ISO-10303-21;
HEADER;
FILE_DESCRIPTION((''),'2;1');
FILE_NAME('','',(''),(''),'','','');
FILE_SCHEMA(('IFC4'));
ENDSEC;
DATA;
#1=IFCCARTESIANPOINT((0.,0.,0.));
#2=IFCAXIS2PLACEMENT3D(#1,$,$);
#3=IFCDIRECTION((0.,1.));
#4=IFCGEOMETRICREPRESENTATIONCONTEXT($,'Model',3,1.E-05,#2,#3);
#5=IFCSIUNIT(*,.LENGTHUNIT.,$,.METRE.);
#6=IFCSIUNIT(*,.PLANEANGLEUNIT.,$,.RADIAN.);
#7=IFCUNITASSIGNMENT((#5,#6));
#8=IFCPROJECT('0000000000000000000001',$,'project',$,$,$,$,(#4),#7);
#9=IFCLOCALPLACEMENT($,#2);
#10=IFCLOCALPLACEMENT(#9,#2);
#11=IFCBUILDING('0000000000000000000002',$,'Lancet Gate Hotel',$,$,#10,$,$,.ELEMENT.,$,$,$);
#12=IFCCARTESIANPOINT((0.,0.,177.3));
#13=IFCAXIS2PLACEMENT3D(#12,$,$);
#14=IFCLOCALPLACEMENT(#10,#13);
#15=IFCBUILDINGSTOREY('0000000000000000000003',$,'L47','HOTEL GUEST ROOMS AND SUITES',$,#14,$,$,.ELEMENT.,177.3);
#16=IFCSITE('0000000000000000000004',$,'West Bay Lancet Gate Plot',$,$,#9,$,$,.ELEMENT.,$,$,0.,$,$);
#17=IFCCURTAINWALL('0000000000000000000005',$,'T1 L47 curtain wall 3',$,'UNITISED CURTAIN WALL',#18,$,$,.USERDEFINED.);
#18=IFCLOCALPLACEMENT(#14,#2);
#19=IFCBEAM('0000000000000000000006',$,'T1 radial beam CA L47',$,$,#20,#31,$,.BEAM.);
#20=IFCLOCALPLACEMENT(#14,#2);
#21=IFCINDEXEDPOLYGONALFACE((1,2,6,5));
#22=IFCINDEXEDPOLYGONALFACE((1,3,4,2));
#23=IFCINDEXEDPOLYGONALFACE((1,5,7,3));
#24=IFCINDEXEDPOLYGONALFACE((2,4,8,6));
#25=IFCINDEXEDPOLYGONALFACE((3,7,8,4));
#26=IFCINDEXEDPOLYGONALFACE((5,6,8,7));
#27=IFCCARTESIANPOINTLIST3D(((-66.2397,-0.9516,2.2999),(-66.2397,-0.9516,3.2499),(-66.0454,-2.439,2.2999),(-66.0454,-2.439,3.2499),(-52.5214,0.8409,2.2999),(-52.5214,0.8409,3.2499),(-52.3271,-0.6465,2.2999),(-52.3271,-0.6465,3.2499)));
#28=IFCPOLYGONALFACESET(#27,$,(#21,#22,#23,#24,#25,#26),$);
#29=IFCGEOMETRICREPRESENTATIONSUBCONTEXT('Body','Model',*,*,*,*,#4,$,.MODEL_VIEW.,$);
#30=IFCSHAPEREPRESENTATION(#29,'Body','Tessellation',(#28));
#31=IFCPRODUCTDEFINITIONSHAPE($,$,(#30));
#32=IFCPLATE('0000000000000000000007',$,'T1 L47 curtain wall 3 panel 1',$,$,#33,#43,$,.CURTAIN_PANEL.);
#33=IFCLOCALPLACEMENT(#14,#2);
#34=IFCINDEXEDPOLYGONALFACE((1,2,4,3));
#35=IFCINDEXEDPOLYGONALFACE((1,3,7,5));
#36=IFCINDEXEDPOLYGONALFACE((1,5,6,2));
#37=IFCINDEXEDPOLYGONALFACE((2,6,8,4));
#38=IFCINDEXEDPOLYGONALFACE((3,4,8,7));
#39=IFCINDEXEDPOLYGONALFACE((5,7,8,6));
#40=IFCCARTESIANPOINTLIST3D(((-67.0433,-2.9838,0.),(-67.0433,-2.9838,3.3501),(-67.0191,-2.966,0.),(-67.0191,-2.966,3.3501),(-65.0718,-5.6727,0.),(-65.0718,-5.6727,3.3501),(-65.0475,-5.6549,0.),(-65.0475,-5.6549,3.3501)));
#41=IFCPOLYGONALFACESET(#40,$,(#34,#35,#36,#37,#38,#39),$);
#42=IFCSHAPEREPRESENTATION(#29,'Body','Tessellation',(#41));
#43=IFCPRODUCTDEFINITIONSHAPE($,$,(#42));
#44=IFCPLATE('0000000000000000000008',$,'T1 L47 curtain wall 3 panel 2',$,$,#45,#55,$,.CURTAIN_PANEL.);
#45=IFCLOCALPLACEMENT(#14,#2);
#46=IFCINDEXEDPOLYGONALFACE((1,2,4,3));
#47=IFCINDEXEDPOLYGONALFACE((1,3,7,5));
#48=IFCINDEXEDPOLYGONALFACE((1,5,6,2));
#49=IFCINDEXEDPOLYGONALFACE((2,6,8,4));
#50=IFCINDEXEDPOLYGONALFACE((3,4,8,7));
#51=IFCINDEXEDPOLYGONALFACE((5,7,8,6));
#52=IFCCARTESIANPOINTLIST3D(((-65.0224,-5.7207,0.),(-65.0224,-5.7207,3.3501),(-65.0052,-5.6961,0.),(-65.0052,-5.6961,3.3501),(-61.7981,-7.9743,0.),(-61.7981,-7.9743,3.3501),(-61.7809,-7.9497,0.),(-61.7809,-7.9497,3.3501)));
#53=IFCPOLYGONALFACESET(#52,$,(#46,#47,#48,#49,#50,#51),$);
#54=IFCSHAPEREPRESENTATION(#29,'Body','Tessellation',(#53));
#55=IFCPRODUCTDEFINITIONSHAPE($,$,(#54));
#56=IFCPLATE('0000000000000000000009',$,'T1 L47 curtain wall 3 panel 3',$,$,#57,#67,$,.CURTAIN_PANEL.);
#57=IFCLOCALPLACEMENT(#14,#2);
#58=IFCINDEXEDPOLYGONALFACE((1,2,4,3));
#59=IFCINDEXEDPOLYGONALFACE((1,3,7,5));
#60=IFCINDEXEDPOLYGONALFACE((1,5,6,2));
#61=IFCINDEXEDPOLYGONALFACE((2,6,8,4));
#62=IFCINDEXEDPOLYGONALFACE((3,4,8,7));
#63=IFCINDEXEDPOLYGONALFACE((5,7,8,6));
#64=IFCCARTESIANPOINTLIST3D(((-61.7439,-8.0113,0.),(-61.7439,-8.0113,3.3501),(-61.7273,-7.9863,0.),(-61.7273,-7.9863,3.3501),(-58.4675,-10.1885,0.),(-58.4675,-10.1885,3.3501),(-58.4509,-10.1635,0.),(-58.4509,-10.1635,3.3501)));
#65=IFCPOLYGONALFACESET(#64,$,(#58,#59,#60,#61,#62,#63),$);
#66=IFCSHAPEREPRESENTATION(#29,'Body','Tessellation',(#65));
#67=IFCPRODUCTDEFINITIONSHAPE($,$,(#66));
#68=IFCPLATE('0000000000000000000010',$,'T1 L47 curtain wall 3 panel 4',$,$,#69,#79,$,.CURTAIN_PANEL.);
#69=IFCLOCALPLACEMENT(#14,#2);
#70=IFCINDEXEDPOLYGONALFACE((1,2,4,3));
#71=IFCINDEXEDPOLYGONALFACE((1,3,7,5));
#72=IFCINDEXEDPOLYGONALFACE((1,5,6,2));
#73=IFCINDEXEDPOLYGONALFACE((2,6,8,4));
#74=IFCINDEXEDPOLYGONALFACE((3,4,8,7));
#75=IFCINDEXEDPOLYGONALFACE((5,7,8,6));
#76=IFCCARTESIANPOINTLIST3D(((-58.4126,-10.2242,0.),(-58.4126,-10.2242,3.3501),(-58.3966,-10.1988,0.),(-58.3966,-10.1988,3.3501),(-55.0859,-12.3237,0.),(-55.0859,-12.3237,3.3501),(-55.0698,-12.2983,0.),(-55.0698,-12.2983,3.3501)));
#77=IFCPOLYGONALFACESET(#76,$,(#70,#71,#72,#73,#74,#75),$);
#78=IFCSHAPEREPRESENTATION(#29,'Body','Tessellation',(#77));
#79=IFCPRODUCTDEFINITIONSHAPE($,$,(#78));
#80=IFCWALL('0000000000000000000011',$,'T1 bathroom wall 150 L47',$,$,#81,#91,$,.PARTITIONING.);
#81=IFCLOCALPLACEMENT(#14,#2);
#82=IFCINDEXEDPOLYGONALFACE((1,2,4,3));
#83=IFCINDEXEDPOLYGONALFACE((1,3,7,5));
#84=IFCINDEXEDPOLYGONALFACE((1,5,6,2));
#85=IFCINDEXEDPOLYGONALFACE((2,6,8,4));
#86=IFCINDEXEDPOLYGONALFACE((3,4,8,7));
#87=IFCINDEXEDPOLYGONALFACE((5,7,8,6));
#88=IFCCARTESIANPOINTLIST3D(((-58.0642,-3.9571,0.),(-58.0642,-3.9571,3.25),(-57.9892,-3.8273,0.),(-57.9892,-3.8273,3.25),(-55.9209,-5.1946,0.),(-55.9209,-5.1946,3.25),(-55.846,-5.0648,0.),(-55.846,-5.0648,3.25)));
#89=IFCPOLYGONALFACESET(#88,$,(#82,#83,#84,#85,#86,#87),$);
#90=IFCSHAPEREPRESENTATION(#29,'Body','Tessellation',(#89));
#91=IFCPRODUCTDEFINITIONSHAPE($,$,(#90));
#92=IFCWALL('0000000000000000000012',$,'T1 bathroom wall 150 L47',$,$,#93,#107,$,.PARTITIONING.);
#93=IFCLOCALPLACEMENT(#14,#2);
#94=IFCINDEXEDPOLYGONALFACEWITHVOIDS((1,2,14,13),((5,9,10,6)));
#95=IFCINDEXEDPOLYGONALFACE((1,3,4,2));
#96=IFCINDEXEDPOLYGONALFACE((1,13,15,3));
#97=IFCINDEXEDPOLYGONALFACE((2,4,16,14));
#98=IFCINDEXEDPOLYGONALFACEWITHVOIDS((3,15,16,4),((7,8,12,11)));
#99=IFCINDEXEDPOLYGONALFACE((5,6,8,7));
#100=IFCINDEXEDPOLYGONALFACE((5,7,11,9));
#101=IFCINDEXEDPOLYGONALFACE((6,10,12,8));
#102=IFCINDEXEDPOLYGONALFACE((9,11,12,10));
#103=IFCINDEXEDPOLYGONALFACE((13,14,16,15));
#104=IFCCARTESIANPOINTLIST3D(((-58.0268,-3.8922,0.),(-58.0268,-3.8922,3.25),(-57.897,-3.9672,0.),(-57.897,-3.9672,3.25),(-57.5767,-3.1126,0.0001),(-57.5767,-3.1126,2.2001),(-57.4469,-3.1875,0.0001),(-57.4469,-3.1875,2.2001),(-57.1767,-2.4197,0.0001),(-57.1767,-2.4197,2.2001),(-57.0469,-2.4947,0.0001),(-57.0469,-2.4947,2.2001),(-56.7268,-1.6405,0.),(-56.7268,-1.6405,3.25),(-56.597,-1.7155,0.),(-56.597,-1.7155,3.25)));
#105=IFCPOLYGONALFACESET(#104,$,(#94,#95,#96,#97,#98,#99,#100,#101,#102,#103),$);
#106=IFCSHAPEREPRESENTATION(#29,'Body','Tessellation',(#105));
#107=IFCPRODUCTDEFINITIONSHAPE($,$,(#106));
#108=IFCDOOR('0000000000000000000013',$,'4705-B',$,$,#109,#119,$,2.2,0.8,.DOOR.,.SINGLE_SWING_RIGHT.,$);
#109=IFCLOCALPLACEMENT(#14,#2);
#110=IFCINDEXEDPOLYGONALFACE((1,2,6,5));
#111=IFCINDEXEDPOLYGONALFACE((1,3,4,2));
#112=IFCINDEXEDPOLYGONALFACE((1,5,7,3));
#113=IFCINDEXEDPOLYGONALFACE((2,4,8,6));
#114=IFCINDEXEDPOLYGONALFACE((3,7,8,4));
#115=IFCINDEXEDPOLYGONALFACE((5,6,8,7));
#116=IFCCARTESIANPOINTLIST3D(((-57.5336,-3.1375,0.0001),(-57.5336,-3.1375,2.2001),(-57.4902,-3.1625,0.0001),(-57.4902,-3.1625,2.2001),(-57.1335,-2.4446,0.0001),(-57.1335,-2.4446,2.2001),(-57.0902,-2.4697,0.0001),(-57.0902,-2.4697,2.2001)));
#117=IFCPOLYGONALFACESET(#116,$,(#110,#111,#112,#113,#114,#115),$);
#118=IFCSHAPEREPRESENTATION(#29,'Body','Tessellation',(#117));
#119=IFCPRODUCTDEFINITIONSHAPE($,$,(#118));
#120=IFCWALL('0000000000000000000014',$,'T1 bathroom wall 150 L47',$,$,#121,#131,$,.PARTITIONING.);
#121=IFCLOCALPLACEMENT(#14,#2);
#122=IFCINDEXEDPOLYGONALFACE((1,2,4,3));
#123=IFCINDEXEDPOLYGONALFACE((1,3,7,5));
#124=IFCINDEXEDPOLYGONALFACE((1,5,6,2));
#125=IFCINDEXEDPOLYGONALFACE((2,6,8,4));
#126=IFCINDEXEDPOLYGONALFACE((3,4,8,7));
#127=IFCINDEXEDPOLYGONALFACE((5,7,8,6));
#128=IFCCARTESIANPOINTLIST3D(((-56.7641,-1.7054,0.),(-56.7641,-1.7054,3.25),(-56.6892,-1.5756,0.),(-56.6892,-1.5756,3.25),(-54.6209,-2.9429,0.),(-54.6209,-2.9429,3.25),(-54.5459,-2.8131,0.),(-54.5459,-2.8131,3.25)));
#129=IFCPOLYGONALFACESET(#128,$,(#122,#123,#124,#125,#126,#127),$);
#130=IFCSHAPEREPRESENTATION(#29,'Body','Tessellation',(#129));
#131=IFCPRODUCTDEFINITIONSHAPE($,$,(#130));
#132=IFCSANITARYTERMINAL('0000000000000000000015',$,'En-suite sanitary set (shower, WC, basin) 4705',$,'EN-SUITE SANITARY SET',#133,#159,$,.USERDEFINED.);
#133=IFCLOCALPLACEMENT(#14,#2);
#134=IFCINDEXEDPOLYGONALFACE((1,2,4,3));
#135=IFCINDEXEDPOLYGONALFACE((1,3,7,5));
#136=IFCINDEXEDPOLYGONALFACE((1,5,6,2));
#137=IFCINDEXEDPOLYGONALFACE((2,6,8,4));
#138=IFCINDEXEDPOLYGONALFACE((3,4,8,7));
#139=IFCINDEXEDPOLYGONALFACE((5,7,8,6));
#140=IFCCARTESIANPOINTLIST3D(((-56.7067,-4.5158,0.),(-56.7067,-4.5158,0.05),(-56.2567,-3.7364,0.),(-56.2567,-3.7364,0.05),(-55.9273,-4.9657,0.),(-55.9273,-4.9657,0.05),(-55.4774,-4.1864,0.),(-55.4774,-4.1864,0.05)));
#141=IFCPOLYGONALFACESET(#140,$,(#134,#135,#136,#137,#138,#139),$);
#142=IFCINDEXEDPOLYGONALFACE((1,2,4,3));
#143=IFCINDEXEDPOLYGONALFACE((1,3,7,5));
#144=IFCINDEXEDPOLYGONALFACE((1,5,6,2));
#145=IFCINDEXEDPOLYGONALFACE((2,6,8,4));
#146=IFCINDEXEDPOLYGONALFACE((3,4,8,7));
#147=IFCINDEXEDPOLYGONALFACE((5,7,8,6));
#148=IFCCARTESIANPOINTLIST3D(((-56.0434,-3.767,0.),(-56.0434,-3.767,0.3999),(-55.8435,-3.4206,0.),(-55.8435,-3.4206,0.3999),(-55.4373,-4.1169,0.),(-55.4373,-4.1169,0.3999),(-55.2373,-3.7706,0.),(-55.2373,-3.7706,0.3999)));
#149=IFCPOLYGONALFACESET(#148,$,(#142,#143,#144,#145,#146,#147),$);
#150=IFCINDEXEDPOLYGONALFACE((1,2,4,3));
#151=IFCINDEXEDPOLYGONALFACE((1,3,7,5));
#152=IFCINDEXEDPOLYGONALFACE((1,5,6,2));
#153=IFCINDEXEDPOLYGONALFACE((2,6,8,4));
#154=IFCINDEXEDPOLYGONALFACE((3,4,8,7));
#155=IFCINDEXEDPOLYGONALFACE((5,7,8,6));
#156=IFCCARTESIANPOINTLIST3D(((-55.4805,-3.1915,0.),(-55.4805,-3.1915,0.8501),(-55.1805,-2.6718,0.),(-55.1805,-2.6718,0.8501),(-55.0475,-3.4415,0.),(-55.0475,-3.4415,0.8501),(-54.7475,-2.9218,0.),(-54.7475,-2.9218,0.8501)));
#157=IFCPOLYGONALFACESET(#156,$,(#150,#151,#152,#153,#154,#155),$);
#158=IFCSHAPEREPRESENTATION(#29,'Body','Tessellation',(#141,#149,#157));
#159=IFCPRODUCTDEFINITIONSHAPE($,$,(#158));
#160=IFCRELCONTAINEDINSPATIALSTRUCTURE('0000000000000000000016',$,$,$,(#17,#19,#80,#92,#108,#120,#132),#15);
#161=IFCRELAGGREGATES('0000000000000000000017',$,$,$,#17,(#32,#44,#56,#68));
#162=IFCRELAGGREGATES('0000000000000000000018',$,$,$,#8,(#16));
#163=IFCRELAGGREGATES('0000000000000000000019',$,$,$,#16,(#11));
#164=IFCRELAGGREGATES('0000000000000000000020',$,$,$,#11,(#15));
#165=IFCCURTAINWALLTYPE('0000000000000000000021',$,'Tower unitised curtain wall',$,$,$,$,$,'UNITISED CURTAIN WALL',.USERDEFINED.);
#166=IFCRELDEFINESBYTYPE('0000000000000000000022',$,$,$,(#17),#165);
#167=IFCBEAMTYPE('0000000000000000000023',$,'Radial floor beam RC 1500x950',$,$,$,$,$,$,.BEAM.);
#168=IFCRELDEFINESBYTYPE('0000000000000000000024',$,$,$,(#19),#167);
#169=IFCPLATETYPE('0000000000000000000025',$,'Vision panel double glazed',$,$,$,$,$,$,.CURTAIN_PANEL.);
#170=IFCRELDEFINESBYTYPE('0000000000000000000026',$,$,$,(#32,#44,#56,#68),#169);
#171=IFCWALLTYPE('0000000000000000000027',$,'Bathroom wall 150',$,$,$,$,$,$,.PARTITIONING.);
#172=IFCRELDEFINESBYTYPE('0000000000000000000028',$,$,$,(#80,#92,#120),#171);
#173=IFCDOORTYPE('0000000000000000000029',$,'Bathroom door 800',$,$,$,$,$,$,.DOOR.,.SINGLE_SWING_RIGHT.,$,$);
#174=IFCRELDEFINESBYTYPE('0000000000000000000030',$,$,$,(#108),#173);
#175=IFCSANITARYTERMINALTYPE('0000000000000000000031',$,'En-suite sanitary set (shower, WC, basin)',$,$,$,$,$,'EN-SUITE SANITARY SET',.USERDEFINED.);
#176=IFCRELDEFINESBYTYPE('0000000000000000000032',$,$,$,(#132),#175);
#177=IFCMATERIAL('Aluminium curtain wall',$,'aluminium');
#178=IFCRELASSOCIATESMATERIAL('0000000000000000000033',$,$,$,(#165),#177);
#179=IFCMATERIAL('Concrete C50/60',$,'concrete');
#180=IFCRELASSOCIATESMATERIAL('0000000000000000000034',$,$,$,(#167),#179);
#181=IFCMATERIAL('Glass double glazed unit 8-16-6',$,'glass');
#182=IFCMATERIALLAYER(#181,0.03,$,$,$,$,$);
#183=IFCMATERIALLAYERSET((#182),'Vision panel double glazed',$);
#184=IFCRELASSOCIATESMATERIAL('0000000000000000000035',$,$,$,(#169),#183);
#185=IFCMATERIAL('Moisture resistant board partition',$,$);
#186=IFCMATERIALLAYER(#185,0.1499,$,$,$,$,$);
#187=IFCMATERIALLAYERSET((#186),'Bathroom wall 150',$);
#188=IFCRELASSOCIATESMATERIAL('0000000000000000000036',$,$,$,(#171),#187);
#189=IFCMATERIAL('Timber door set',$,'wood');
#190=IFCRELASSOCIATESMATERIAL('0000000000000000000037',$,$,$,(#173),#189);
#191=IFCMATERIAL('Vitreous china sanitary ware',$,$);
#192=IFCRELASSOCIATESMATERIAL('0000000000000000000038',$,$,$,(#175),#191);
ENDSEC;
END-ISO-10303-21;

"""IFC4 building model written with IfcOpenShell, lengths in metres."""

from ifc_helpers import new_model, si_unit, direction, frame, frame_2d, origin, origin_2d, place, context, subcontext, project, spatial, rectangle, extrude, material, layer, layer_set, material_profile, profile_set, type_object, element, fill, aggregate, save


model = new_model("IFC4")

# Units and contexts
model_context = context("Model", 3, precision=1e-05, world=origin(), true_north=direction((0.0, 1.0)))
body_context = subcontext(model_context, "Body", "Model", "MODEL_VIEW")
ifc_project = project(units=[si_unit("LENGTHUNIT", "METRE"), si_unit("PLANEANGLEUNIT", "RADIAN")], contexts=[model_context])

# Site, building, storey
site_placement = place(None, origin())
site = spatial("IfcSite", under=ifc_project, at=site_placement, Name="West Bay Lancet Gate Plot", CompositionType="ELEMENT", RefElevation=0.0)
building_placement = place(site_placement, origin())
building = spatial("IfcBuilding", under=site, at=building_placement, Name="Lancet Gate Hotel", CompositionType="ELEMENT")
storey_placement = place(building_placement, frame((0.0, 0.0, 177.3)))
storey = spatial("IfcBuildingStorey", under=building, at=storey_placement, Name="L47", Description="HOTEL GUEST ROOMS AND SUITES", CompositionType="ELEMENT", Elevation=177.3)

# Shared definitions
ifc_material_1 = material(Name="Aluminium curtain wall", Category="aluminium")
curtain_wall_type = type_object("IfcCurtainWallType", Name="Tower unitised curtain wall", ElementType="UNITISED CURTAIN WALL", PredefinedType="USERDEFINED", material=ifc_material_1)

# Curtain wall
curtain_wall_1_placement = place(storey_placement, origin())
curtain_wall_1 = element("IfcCurtainWall", 1, at=curtain_wall_1_placement, inside=storey, type_object=curtain_wall_type, Name="T1 L47 curtain wall 3", ObjectType="UNITISED CURTAIN WALL", PredefinedType="USERDEFINED")

# Beam
ifc_material_2 = material(Name="Concrete C50/60", Category="concrete")
ifc_material_profile_1 = material_profile(ifc_material_2, rectangle(XDim=1.5, YDim=0.95, at=origin_2d()), Name="RC 1500x950")
ifc_profile_set_1 = profile_set([ifc_material_profile_1], Name="Concrete C50/60")
beam_type_1 = type_object("IfcBeamType", Name="Radial floor beam RC 1500x950", PredefinedType="BEAM", material=ifc_profile_set_1)
beam_1_placement = place(storey_placement, frame((-66.1426, -1.6953, 2.7749), z_axis=(0.991571, 0.129562, 0.0), x_axis=(-0.129562, 0.991571, 0.0)))
element("IfcBeam", 2, at=beam_1_placement, inside=storey, type_object=beam_type_1, Name="T1 radial beam CA L47", PredefinedType="BEAM", context=body_context, shape_type="SweptSolid", body=[
    extrude(rectangle(XDim=1.5, YDim=0.95, at=origin_2d()), origin(), (0.0, 0.0, 1.0), 13.835),
])

# Plates
ifc_material_3 = material(Name="Glass double glazed unit 8-16-6", Category="glass")
ifc_layer_1 = layer(ifc_material_3, 0.03)
ifc_layer_set_1 = layer_set([ifc_layer_1], Name="Vision panel double glazed")
plate_type = type_object("IfcPlateType", Name="Vision panel double glazed", PredefinedType="CURTAIN_PANEL", material=ifc_layer_set_1)
plate_1_placement = place(storey_placement, frame((-66.0454, -4.3193, 0.0), z_axis=(0.0, 0.0, 1.0), x_axis=(0.5913, -0.806452, 0.0)))
plate_1 = element("IfcPlate", 3, at=plate_1_placement, type_object=plate_type, Name="T1 L47 curtain wall 3 panel 1", PredefinedType="CURTAIN_PANEL", context=body_context, shape_type="SweptSolid", body=[
    extrude(rectangle(XDim=3.3342, YDim=0.03, at=origin_2d()), origin(), (0.0, 0.0, 1.0), 3.3501),
])
plate_2_placement = place(storey_placement, frame((-63.4016, -6.8352, 0.0), z_axis=(0.0, 0.0, 1.0), x_axis=(0.819631, -0.572892, 0.0)))
plate_2 = element("IfcPlate", 4, at=plate_2_placement, type_object=plate_type, Name="T1 L47 curtain wall 3 panel 2", PredefinedType="CURTAIN_PANEL", context=body_context, shape_type="SweptSolid", body=[
    extrude(rectangle(XDim=3.9338, YDim=0.03, at=origin_2d()), origin(), (0.0, 0.0, 1.0), 3.3501),
])
plate_3_placement = place(storey_placement, frame((-60.0974, -9.0874, 0.0), z_axis=(0.0, 0.0, 1.0), x_axis=(0.832879, -0.553455, 0.0)))
plate_3 = element("IfcPlate", 5, at=plate_3_placement, type_object=plate_type, Name="T1 L47 curtain wall 3 panel 3", PredefinedType="CURTAIN_PANEL", context=body_context, shape_type="SweptSolid", body=[
    extrude(rectangle(XDim=3.9338, YDim=0.03, at=origin_2d()), origin(), (0.0, 0.0, 1.0), 3.3501),
])
plate_4_placement = place(storey_placement, frame((-56.7412, -11.2612, 0.0), z_axis=(0.0, 0.0, 1.0), x_axis=(0.845667, -0.533711, 0.0)))
plate_4 = element("IfcPlate", 6, at=plate_4_placement, type_object=plate_type, Name="T1 L47 curtain wall 3 panel 4", PredefinedType="CURTAIN_PANEL", context=body_context, shape_type="SweptSolid", body=[
    extrude(rectangle(XDim=3.9338, YDim=0.03, at=origin_2d()), origin(), (0.0, 0.0, 1.0), 3.3501),
])
aggregate(curtain_wall_1, [plate_1, plate_2, plate_3, plate_4])

# Wall
ifc_material_4 = material(Name="Moisture resistant board partition")
ifc_layer_2 = layer(ifc_material_4, 0.1499)
ifc_layer_set_2 = layer_set([ifc_layer_2], Name="Bathroom wall 150")
wall_type = type_object("IfcWallType", Name="Bathroom wall 150", PredefinedType="PARTITIONING", material=ifc_layer_set_2)
wall_1_placement = place(storey_placement, frame((-55.8835, -5.1296, 0.0), z_axis=(0.0, 0.0, 1.0), x_axis=(-0.866007, 0.500033, 0.0)))
element("IfcWall", 7, at=wall_1_placement, inside=storey, type_object=wall_type, Name="T1 bathroom wall 150 L47", PredefinedType="PARTITIONING", context=body_context, shape_type="SweptSolid", body=[
    extrude(rectangle(XDim=2.4749, YDim=0.1499, at=frame_2d((1.2373, 0.0))), origin(), (0.0, 0.0, 1.0), 3.25),
])

# Wall, opening, door
wall_2_placement = place(storey_placement, frame((-56.6619, -1.678, 0.0), z_axis=(0.0, 0.0, 1.0), x_axis=(-0.500007, -0.866021, 0.0)))
wall_2 = element("IfcWall", 8, at=wall_2_placement, inside=storey, type_object=wall_type, Name="T1 bathroom wall 150 L47", PredefinedType="PARTITIONING", context=body_context, shape_type="SweptSolid", body=[
    extrude(rectangle(XDim=2.6001, YDim=0.1499, at=frame_2d((1.3, 0.0))), origin(), (0.0, 0.0, 1.0), 3.25),
])
opening_placement = place(wall_2_placement, frame((0.8999, 0.0, 0.0)))
opening = element("IfcOpeningElement", 9, at=opening_placement, cuts=wall_2, PredefinedType="OPENING", context=body_context, shape_type="SweptSolid", body=[
    extrude(rectangle(XDim=0.8, YDim=2.2, at=frame_2d((0.3999, 1.1001))), frame((0.0, 0.085, 0.0), z_axis=(0.0, -1.0, 0.0), x_axis=(1.0, 0.0, 0.0)), (0.0, 0.0, 1.0), 0.1699),
])
ifc_material_5 = material(Name="Timber door set", Category="wood")
door_type = type_object("IfcDoorType", Name="Bathroom door 800", OperationType="SINGLE_SWING_RIGHT", PredefinedType="DOOR", material=ifc_material_5)
door_placement = place(opening_placement, origin())
door = element("IfcDoor", 10, at=door_placement, inside=storey, type_object=door_type, Name="4705-B", OperationType="SINGLE_SWING_RIGHT", OverallHeight=2.2, OverallWidth=0.8, PredefinedType="DOOR", context=body_context, shape_type="SweptSolid", body=[
    extrude(rectangle(XDim=0.8, YDim=2.2, at=frame_2d((0.3999, 1.1001))), frame((0.0, 0.0249, 0.0), z_axis=(0.0, -1.0, 0.0), x_axis=(1.0, 0.0, 0.0)), (0.0, 0.0, 1.0), 0.05),
])
fill(opening, door)

# Wall
wall_3_placement = place(storey_placement, frame((-54.5835, -2.8779, 0.0), z_axis=(0.0, 0.0, 1.0), x_axis=(-0.866007, 0.500033, 0.0)))
element("IfcWall", 11, at=wall_3_placement, inside=storey, type_object=wall_type, Name="T1 bathroom wall 150 L47", PredefinedType="PARTITIONING", context=body_context, shape_type="SweptSolid", body=[
    extrude(rectangle(XDim=2.4749, YDim=0.1499, at=frame_2d((1.2373, 0.0))), origin(), (0.0, 0.0, 1.0), 3.25),
])

# Sanitary terminal
ifc_material_6 = material(Name="Vitreous china sanitary ware")
sanitary_terminal_type = type_object("IfcSanitaryTerminalType", Name="En-suite sanitary set (shower, WC, basin)", ElementType="EN-SUITE SANITARY SET", PredefinedType="USERDEFINED", material=ifc_material_6)
sanitary_terminal_placement = place(storey_placement, frame((-56.092, -4.3511, 0.0), z_axis=(0.0, 0.0, 1.0), x_axis=(1.0, 0.0, 0.0)))
element("IfcSanitaryTerminal", 12, at=sanitary_terminal_placement, inside=storey, type_object=sanitary_terminal_type, Name="En-suite sanitary set (shower, WC, basin) 4705", ObjectType="EN-SUITE SANITARY SET", PredefinedType="USERDEFINED", context=body_context, shape_type="SweptSolid", body=[
    extrude(rectangle(XDim=0.8999, YDim=0.8999, at=origin_2d()), frame((0.0, 0.0, 0.0), z_axis=(0.0, 0.0, 1.0), x_axis=(-0.5, -0.866025, 0.0)), (0.0, 0.0, 1.0), 0.05),
    extrude(rectangle(XDim=0.3999, YDim=0.7, at=origin_2d()), frame((0.4517, 0.5823, 0.0), z_axis=(0.0, 0.0, 1.0), x_axis=(-0.5, -0.866025, 0.0)), (0.0, 0.0, 1.0), 0.3999),
    extrude(rectangle(XDim=0.6001, YDim=0.5, at=origin_2d()), frame((0.978, 1.2944, 0.0), z_axis=(0.0, 0.0, 1.0), x_axis=(-0.5, -0.866025, 0.0)), (0.0, 0.0, 1.0), 0.8501),
])

save(model, "model.ifc")
